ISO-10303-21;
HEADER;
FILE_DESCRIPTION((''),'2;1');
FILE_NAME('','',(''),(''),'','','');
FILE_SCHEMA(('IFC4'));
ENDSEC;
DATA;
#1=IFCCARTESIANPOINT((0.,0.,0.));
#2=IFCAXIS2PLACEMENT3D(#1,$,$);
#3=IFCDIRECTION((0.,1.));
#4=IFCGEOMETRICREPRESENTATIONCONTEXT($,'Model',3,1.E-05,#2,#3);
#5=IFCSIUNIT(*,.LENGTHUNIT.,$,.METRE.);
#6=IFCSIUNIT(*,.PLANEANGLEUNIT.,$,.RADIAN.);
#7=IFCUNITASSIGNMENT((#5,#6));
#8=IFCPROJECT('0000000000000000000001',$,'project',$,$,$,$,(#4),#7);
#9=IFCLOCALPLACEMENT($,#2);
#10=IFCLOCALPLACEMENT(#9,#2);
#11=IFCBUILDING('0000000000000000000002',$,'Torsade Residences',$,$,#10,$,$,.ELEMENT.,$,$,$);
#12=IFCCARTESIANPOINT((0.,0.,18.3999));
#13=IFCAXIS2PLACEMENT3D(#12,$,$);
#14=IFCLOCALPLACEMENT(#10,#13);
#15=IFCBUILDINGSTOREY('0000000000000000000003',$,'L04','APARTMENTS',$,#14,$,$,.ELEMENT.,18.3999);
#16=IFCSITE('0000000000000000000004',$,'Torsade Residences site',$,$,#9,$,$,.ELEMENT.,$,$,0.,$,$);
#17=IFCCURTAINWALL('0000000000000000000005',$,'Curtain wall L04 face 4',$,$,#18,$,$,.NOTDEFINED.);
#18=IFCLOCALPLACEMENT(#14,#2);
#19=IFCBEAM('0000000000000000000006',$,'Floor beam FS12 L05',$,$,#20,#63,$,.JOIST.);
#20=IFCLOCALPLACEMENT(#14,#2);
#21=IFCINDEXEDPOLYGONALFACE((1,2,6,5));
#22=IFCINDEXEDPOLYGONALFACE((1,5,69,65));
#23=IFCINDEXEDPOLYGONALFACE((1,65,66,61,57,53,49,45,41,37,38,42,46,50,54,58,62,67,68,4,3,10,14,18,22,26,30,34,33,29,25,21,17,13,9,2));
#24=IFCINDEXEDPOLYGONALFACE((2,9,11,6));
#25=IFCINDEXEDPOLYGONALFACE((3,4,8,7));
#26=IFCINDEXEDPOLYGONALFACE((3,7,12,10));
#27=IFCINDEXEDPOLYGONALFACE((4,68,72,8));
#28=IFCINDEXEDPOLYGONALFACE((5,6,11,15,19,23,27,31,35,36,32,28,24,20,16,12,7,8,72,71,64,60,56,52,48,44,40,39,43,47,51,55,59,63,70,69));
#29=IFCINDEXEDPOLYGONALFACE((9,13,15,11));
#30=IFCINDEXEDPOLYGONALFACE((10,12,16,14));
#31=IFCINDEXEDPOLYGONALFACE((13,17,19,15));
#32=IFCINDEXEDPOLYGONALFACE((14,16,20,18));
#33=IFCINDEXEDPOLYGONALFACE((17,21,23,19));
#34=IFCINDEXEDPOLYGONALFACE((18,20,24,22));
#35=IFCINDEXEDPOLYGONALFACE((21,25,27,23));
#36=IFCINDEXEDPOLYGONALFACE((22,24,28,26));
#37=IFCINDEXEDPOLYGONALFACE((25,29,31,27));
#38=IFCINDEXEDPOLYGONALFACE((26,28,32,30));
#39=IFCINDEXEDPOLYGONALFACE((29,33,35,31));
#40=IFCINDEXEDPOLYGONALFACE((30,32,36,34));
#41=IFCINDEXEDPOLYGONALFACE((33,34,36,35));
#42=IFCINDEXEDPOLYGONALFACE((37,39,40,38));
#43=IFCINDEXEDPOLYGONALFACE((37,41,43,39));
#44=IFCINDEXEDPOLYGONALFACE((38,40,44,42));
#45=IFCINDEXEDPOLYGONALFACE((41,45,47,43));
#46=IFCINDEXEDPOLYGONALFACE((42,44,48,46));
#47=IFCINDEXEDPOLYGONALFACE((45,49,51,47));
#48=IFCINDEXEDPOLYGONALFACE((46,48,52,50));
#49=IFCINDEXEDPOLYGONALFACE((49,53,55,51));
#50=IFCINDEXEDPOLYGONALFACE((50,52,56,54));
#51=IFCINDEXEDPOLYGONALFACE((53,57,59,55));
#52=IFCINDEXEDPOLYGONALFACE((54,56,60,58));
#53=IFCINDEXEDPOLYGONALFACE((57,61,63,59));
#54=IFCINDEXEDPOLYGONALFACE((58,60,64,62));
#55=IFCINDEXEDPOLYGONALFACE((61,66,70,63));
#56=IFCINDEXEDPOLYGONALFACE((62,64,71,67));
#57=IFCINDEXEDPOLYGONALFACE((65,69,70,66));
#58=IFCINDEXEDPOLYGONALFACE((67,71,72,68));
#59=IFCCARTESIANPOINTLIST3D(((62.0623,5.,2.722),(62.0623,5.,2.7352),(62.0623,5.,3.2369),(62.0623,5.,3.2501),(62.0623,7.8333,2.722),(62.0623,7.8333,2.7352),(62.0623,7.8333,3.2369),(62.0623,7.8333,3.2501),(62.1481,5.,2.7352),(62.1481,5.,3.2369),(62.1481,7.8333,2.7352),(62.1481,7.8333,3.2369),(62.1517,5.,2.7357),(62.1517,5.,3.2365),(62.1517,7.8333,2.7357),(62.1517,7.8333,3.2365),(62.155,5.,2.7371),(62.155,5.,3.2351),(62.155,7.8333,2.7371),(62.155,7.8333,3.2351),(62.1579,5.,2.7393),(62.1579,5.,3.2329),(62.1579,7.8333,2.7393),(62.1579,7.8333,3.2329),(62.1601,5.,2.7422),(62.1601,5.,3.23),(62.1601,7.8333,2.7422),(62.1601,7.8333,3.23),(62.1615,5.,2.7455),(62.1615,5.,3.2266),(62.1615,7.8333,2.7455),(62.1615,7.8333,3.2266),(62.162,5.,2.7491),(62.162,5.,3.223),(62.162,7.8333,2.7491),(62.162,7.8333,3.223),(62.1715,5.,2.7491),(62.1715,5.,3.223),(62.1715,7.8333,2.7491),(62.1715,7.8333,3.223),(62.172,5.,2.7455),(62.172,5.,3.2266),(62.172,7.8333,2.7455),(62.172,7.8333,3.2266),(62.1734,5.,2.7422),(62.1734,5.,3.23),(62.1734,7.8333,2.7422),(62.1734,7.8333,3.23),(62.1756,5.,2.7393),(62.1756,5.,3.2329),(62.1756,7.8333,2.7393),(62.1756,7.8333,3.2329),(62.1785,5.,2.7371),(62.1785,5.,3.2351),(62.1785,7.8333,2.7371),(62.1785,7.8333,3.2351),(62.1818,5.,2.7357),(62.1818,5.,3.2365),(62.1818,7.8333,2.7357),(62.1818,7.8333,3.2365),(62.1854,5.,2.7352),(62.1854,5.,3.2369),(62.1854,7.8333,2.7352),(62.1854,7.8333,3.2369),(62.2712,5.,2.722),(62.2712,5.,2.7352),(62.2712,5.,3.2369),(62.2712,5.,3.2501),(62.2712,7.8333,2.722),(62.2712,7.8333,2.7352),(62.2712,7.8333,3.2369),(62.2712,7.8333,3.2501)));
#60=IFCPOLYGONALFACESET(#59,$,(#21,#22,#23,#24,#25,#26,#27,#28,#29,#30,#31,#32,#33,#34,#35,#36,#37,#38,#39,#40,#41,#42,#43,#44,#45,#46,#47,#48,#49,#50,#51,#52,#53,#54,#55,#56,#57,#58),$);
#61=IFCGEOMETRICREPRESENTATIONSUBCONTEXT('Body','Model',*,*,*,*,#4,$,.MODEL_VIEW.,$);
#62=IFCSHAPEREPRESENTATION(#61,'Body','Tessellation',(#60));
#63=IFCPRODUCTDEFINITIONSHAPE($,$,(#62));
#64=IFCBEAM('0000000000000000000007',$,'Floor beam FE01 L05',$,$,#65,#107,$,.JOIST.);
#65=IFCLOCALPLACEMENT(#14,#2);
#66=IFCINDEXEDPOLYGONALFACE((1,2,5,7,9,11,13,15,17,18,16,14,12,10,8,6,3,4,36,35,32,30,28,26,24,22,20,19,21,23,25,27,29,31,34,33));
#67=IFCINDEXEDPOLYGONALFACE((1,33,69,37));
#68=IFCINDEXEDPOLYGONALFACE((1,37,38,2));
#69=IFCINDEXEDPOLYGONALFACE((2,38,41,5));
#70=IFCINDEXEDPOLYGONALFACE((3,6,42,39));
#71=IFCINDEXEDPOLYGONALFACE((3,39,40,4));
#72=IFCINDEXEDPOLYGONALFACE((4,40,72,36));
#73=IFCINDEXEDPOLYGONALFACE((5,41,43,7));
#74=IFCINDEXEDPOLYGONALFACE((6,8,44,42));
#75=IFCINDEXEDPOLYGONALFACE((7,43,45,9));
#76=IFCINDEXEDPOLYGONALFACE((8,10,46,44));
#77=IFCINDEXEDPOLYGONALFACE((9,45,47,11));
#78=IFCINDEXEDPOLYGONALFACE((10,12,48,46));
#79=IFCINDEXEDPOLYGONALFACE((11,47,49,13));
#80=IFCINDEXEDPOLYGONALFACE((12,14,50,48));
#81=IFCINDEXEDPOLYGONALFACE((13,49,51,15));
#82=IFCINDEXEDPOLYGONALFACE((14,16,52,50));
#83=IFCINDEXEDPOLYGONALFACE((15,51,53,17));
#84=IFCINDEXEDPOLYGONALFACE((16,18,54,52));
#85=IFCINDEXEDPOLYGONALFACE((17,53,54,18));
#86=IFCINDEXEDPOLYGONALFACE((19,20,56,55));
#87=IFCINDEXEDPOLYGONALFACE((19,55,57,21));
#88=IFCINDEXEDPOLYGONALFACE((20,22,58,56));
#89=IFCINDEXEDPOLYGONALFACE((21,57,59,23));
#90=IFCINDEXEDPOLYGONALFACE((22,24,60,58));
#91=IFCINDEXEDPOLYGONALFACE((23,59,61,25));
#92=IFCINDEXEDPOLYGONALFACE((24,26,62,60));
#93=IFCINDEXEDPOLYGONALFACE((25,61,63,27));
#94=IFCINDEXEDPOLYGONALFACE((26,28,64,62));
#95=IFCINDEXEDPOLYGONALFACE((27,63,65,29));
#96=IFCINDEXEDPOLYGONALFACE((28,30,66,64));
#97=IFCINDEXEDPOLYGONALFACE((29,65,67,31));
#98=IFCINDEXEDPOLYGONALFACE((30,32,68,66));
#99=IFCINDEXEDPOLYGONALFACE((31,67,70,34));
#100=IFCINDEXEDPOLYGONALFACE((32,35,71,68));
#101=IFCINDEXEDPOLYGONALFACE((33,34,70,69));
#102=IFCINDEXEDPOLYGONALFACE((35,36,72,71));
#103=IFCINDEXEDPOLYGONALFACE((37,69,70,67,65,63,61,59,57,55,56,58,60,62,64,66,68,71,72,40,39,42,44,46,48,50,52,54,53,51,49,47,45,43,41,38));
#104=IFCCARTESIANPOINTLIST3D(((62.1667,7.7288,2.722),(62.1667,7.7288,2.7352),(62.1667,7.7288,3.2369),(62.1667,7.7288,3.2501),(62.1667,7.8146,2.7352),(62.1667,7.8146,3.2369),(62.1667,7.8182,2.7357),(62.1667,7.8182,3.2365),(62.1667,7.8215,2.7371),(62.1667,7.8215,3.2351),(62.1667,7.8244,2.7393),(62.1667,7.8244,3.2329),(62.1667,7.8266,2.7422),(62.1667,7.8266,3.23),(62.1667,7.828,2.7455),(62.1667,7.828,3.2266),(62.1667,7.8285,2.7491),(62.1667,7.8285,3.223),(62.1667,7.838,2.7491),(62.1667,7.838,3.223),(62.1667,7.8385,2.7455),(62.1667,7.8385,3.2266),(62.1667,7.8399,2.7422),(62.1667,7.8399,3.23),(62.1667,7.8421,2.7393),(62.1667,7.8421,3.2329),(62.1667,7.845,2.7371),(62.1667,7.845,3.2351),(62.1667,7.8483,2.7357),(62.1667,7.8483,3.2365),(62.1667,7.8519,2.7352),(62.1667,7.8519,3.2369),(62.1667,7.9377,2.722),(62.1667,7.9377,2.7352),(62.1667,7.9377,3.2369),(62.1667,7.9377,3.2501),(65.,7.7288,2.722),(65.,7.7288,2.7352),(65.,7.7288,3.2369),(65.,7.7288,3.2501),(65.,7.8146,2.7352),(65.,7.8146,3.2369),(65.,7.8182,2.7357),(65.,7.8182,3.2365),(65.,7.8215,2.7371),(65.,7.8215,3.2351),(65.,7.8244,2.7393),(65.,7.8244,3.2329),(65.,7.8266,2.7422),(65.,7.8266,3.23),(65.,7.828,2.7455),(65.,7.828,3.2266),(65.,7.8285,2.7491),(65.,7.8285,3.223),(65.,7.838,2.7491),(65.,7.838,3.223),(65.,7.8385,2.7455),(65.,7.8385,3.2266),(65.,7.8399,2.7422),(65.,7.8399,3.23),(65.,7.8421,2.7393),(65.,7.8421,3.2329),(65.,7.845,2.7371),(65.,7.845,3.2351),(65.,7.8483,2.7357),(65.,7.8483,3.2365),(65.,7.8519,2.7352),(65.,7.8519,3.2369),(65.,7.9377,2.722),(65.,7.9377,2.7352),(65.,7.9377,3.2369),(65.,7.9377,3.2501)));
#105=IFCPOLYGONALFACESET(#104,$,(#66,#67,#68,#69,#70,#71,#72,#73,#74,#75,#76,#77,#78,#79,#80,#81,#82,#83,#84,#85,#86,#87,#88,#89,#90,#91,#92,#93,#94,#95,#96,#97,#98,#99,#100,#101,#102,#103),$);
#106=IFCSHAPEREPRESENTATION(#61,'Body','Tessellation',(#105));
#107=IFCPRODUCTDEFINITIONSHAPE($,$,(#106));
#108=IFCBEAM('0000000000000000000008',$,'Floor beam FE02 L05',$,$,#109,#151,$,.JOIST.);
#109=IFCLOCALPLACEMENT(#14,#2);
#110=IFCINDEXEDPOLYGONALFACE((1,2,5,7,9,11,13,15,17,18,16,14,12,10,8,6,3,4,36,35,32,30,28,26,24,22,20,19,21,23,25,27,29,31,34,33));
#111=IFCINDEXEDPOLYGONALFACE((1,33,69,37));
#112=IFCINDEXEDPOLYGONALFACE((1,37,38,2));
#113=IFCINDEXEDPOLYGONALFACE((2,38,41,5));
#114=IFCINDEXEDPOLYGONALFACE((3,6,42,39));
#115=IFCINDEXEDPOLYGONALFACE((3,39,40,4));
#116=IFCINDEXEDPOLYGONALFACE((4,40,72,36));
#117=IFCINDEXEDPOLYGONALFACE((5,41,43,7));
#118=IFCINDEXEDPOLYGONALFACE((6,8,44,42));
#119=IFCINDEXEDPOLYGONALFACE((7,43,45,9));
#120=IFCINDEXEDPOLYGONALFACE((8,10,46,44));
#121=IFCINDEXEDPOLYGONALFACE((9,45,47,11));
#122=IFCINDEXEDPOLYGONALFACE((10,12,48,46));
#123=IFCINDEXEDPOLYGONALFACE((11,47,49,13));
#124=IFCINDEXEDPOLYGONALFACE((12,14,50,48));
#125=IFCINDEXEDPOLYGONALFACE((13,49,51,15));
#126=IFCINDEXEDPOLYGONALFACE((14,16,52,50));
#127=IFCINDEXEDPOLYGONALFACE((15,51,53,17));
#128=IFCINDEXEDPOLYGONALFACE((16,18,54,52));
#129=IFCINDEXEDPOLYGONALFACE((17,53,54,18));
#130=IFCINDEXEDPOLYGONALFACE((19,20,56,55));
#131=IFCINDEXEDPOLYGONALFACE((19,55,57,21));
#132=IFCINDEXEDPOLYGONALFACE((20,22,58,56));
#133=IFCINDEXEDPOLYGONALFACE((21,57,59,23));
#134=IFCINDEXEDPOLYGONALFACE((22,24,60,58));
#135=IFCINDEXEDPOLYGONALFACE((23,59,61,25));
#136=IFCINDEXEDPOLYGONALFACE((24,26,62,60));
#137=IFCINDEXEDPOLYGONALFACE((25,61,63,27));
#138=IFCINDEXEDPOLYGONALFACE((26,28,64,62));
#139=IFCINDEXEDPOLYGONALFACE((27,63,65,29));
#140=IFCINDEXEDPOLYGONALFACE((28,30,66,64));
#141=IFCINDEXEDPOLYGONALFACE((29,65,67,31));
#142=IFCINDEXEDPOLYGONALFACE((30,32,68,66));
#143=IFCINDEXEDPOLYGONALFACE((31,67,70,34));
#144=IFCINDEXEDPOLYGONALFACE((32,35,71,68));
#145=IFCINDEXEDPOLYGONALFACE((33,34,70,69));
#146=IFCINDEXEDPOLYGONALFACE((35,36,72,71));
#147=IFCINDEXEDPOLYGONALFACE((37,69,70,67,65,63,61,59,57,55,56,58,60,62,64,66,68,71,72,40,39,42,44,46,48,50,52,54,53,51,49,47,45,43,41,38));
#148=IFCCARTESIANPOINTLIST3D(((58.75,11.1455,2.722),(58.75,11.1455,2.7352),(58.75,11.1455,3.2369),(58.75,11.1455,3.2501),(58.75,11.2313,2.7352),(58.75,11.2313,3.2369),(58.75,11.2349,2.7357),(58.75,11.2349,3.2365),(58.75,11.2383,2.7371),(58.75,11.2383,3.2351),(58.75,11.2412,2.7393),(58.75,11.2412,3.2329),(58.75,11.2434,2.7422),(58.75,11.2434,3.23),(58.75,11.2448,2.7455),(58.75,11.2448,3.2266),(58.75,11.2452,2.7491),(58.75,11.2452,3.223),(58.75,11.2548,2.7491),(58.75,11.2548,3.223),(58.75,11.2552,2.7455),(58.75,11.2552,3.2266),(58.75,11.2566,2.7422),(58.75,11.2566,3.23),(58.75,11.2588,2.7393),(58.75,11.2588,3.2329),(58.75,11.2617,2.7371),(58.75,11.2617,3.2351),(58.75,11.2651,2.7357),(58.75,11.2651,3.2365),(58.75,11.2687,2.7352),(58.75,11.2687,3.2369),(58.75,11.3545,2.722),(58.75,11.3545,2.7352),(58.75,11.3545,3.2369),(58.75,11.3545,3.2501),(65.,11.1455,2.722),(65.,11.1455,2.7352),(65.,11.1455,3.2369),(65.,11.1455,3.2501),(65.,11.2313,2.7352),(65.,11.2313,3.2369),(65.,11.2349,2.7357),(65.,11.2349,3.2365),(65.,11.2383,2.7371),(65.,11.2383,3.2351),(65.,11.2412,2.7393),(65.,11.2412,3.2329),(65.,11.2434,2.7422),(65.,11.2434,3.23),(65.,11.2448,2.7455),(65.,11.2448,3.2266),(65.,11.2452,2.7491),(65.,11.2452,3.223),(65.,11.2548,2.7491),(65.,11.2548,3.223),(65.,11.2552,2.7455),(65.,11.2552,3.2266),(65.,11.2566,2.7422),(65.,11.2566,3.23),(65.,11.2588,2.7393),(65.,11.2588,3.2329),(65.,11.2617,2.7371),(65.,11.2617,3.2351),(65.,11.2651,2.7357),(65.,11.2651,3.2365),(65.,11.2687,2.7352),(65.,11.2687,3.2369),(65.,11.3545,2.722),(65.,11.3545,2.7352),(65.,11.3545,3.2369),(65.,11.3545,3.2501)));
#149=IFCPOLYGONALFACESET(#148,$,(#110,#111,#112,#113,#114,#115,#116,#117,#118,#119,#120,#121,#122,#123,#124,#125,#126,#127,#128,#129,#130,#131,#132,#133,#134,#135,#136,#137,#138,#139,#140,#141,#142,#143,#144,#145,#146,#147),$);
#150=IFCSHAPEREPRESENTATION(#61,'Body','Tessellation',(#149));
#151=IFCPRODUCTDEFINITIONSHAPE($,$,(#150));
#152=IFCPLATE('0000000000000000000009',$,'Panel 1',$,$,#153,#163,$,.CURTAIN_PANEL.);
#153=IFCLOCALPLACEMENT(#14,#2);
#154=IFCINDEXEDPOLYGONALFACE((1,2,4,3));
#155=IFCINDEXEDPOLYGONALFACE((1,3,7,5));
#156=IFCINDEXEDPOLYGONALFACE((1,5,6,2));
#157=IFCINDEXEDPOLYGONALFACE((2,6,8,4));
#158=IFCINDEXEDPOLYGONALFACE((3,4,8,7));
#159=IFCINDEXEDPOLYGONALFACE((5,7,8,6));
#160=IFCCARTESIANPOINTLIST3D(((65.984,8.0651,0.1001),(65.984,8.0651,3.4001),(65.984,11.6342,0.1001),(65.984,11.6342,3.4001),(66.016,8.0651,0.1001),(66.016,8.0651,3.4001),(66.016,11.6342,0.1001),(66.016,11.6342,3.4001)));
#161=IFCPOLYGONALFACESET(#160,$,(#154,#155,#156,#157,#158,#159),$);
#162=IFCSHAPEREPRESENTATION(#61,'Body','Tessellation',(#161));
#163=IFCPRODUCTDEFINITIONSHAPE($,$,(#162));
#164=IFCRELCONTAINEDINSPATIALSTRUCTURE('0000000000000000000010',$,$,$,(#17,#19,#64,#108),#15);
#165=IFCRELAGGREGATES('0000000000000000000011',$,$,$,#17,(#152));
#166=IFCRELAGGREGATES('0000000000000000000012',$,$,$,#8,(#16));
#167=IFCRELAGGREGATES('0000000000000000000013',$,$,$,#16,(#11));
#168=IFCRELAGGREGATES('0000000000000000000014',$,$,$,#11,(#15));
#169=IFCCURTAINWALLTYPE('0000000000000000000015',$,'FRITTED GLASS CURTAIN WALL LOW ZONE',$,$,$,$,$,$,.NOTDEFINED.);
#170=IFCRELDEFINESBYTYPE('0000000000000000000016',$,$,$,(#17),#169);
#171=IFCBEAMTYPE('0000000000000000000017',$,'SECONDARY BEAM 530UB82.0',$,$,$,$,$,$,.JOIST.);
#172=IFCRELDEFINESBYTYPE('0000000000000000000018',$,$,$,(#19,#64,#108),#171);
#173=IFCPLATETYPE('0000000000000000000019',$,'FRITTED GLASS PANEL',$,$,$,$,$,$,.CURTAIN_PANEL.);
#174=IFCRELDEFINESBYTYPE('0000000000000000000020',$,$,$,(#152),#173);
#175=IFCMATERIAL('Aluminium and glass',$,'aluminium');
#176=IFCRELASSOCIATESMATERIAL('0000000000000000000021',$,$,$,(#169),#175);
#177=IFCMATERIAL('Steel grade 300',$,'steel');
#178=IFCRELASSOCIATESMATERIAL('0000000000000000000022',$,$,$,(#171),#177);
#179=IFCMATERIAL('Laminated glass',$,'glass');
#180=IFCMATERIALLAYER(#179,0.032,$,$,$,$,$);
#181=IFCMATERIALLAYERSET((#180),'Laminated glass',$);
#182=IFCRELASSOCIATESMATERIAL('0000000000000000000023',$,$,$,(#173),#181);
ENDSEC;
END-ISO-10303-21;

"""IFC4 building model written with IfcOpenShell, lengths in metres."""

from ifc_helpers import new_model, si_unit, direction, frame, origin, origin_2d, place, context, subcontext, project, spatial, rectangle, i_section, extrude, material, layer, layer_set, material_profile, profile_set, type_object, element, aggregate, save


model = new_model("IFC4")

# Units and contexts
model_context = context("Model", 3, precision=1e-05, world=origin(), true_north=direction((0.0, 1.0)))
body_context = subcontext(model_context, "Body", "Model", "MODEL_VIEW")
ifc_project = project(units=[si_unit("LENGTHUNIT", "METRE"), si_unit("PLANEANGLEUNIT", "RADIAN")], contexts=[model_context])

# Site, building, storey
site_placement = place(None, origin())
site = spatial("IfcSite", under=ifc_project, at=site_placement, Name="Torsade Residences site", CompositionType="ELEMENT", RefElevation=0.0)
building_placement = place(site_placement, origin())
building = spatial("IfcBuilding", under=site, at=building_placement, Name="Torsade Residences", CompositionType="ELEMENT")
storey_placement = place(building_placement, frame((0.0, 0.0, 18.3999)))
storey = spatial("IfcBuildingStorey", under=building, at=storey_placement, Name="L04", Description="APARTMENTS", CompositionType="ELEMENT", Elevation=18.3999)

# Curtain wall
ifc_material_1 = material(Name="Aluminium and glass", Category="aluminium")
curtain_wall_type = type_object("IfcCurtainWallType", Name="FRITTED GLASS CURTAIN WALL LOW ZONE", PredefinedType="NOTDEFINED", material=ifc_material_1)
curtain_wall_placement = place(storey_placement, origin())
curtain_wall = element("IfcCurtainWall", 1, at=curtain_wall_placement, inside=storey, type_object=curtain_wall_type, Name="Curtain wall L04 face 4", PredefinedType="NOTDEFINED")

# Beams
ifc_material_2 = material(Name="Steel grade 300", Category="steel")
ifc_material_profile_1 = material_profile(ifc_material_2, i_section(OverallWidth=0.209, OverallDepth=0.5281, WebThickness=0.0095, FlangeThickness=0.0132, FilletRadius=0.0139, at=origin_2d()), Name="530UB82.0")
ifc_profile_set_1 = profile_set([ifc_material_profile_1], Name="Steel grade 300")
beam_type_1 = type_object("IfcBeamType", Name="SECONDARY BEAM 530UB82.0", PredefinedType="JOIST", material=ifc_profile_set_1)
for number, where, z_axis, x_axis, name in (
    (2, (62.1667, 5.0, 2.9861), (0.0, 1.0, 0.0), (-1.0, 0.0, 0.0), "Floor beam FS12 L05"),
    (3, (65.0, 7.8333, 2.9861), (-1.0, 0.0, 0.0), (0.0, -1.0, 0.0), "Floor beam FE01 L05"),
):
    element("IfcBeam", number, at=place(storey_placement, frame(where, z_axis=z_axis, x_axis=x_axis)), inside=storey, type_object=beam_type_1, Name=name, PredefinedType="JOIST", context=body_context, shape_type="SweptSolid", body=[
        extrude(i_section(OverallWidth=0.209, OverallDepth=0.5281, WebThickness=0.0095, FlangeThickness=0.0132, FilletRadius=0.0139, at=origin_2d()), origin(), (0.0, 0.0, 1.0), 2.8333),
    ])
beam_1_placement = place(storey_placement, frame((65.0, 11.25, 2.9861), z_axis=(-1.0, 0.0, 0.0), x_axis=(0.0, -1.0, 0.0)))
element("IfcBeam", 4, at=beam_1_placement, inside=storey, type_object=beam_type_1, Name="Floor beam FE02 L05", PredefinedType="JOIST", context=body_context, shape_type="SweptSolid", body=[
    extrude(i_section(OverallWidth=0.209, OverallDepth=0.5281, WebThickness=0.0095, FlangeThickness=0.0132, FilletRadius=0.0139, at=origin_2d()), origin(), (0.0, 0.0, 1.0), 6.25),
])

# Plate
ifc_material_3 = material(Name="Laminated glass", Category="glass")
ifc_layer_1 = layer(ifc_material_3, 0.032)
ifc_layer_set_1 = layer_set([ifc_layer_1], Name="Laminated glass")
plate_type = type_object("IfcPlateType", Name="FRITTED GLASS PANEL", PredefinedType="CURTAIN_PANEL", material=ifc_layer_set_1)
plate_placement = place(storey_placement, frame((66.0, 9.8496, 0.1001), z_axis=(0.0, 0.0, 1.0), x_axis=(0.0, 1.0, 0.0)))
plate = element("IfcPlate", 5, at=plate_placement, type_object=plate_type, Name="Panel 1", PredefinedType="CURTAIN_PANEL", context=body_context, shape_type="SweptSolid", body=[
    extrude(rectangle(XDim=3.5691, YDim=0.032, at=origin_2d()), origin(), (0.0, 0.0, 1.0), 3.3),
])
aggregate(curtain_wall, [plate])

save(model, "model.ifc")
